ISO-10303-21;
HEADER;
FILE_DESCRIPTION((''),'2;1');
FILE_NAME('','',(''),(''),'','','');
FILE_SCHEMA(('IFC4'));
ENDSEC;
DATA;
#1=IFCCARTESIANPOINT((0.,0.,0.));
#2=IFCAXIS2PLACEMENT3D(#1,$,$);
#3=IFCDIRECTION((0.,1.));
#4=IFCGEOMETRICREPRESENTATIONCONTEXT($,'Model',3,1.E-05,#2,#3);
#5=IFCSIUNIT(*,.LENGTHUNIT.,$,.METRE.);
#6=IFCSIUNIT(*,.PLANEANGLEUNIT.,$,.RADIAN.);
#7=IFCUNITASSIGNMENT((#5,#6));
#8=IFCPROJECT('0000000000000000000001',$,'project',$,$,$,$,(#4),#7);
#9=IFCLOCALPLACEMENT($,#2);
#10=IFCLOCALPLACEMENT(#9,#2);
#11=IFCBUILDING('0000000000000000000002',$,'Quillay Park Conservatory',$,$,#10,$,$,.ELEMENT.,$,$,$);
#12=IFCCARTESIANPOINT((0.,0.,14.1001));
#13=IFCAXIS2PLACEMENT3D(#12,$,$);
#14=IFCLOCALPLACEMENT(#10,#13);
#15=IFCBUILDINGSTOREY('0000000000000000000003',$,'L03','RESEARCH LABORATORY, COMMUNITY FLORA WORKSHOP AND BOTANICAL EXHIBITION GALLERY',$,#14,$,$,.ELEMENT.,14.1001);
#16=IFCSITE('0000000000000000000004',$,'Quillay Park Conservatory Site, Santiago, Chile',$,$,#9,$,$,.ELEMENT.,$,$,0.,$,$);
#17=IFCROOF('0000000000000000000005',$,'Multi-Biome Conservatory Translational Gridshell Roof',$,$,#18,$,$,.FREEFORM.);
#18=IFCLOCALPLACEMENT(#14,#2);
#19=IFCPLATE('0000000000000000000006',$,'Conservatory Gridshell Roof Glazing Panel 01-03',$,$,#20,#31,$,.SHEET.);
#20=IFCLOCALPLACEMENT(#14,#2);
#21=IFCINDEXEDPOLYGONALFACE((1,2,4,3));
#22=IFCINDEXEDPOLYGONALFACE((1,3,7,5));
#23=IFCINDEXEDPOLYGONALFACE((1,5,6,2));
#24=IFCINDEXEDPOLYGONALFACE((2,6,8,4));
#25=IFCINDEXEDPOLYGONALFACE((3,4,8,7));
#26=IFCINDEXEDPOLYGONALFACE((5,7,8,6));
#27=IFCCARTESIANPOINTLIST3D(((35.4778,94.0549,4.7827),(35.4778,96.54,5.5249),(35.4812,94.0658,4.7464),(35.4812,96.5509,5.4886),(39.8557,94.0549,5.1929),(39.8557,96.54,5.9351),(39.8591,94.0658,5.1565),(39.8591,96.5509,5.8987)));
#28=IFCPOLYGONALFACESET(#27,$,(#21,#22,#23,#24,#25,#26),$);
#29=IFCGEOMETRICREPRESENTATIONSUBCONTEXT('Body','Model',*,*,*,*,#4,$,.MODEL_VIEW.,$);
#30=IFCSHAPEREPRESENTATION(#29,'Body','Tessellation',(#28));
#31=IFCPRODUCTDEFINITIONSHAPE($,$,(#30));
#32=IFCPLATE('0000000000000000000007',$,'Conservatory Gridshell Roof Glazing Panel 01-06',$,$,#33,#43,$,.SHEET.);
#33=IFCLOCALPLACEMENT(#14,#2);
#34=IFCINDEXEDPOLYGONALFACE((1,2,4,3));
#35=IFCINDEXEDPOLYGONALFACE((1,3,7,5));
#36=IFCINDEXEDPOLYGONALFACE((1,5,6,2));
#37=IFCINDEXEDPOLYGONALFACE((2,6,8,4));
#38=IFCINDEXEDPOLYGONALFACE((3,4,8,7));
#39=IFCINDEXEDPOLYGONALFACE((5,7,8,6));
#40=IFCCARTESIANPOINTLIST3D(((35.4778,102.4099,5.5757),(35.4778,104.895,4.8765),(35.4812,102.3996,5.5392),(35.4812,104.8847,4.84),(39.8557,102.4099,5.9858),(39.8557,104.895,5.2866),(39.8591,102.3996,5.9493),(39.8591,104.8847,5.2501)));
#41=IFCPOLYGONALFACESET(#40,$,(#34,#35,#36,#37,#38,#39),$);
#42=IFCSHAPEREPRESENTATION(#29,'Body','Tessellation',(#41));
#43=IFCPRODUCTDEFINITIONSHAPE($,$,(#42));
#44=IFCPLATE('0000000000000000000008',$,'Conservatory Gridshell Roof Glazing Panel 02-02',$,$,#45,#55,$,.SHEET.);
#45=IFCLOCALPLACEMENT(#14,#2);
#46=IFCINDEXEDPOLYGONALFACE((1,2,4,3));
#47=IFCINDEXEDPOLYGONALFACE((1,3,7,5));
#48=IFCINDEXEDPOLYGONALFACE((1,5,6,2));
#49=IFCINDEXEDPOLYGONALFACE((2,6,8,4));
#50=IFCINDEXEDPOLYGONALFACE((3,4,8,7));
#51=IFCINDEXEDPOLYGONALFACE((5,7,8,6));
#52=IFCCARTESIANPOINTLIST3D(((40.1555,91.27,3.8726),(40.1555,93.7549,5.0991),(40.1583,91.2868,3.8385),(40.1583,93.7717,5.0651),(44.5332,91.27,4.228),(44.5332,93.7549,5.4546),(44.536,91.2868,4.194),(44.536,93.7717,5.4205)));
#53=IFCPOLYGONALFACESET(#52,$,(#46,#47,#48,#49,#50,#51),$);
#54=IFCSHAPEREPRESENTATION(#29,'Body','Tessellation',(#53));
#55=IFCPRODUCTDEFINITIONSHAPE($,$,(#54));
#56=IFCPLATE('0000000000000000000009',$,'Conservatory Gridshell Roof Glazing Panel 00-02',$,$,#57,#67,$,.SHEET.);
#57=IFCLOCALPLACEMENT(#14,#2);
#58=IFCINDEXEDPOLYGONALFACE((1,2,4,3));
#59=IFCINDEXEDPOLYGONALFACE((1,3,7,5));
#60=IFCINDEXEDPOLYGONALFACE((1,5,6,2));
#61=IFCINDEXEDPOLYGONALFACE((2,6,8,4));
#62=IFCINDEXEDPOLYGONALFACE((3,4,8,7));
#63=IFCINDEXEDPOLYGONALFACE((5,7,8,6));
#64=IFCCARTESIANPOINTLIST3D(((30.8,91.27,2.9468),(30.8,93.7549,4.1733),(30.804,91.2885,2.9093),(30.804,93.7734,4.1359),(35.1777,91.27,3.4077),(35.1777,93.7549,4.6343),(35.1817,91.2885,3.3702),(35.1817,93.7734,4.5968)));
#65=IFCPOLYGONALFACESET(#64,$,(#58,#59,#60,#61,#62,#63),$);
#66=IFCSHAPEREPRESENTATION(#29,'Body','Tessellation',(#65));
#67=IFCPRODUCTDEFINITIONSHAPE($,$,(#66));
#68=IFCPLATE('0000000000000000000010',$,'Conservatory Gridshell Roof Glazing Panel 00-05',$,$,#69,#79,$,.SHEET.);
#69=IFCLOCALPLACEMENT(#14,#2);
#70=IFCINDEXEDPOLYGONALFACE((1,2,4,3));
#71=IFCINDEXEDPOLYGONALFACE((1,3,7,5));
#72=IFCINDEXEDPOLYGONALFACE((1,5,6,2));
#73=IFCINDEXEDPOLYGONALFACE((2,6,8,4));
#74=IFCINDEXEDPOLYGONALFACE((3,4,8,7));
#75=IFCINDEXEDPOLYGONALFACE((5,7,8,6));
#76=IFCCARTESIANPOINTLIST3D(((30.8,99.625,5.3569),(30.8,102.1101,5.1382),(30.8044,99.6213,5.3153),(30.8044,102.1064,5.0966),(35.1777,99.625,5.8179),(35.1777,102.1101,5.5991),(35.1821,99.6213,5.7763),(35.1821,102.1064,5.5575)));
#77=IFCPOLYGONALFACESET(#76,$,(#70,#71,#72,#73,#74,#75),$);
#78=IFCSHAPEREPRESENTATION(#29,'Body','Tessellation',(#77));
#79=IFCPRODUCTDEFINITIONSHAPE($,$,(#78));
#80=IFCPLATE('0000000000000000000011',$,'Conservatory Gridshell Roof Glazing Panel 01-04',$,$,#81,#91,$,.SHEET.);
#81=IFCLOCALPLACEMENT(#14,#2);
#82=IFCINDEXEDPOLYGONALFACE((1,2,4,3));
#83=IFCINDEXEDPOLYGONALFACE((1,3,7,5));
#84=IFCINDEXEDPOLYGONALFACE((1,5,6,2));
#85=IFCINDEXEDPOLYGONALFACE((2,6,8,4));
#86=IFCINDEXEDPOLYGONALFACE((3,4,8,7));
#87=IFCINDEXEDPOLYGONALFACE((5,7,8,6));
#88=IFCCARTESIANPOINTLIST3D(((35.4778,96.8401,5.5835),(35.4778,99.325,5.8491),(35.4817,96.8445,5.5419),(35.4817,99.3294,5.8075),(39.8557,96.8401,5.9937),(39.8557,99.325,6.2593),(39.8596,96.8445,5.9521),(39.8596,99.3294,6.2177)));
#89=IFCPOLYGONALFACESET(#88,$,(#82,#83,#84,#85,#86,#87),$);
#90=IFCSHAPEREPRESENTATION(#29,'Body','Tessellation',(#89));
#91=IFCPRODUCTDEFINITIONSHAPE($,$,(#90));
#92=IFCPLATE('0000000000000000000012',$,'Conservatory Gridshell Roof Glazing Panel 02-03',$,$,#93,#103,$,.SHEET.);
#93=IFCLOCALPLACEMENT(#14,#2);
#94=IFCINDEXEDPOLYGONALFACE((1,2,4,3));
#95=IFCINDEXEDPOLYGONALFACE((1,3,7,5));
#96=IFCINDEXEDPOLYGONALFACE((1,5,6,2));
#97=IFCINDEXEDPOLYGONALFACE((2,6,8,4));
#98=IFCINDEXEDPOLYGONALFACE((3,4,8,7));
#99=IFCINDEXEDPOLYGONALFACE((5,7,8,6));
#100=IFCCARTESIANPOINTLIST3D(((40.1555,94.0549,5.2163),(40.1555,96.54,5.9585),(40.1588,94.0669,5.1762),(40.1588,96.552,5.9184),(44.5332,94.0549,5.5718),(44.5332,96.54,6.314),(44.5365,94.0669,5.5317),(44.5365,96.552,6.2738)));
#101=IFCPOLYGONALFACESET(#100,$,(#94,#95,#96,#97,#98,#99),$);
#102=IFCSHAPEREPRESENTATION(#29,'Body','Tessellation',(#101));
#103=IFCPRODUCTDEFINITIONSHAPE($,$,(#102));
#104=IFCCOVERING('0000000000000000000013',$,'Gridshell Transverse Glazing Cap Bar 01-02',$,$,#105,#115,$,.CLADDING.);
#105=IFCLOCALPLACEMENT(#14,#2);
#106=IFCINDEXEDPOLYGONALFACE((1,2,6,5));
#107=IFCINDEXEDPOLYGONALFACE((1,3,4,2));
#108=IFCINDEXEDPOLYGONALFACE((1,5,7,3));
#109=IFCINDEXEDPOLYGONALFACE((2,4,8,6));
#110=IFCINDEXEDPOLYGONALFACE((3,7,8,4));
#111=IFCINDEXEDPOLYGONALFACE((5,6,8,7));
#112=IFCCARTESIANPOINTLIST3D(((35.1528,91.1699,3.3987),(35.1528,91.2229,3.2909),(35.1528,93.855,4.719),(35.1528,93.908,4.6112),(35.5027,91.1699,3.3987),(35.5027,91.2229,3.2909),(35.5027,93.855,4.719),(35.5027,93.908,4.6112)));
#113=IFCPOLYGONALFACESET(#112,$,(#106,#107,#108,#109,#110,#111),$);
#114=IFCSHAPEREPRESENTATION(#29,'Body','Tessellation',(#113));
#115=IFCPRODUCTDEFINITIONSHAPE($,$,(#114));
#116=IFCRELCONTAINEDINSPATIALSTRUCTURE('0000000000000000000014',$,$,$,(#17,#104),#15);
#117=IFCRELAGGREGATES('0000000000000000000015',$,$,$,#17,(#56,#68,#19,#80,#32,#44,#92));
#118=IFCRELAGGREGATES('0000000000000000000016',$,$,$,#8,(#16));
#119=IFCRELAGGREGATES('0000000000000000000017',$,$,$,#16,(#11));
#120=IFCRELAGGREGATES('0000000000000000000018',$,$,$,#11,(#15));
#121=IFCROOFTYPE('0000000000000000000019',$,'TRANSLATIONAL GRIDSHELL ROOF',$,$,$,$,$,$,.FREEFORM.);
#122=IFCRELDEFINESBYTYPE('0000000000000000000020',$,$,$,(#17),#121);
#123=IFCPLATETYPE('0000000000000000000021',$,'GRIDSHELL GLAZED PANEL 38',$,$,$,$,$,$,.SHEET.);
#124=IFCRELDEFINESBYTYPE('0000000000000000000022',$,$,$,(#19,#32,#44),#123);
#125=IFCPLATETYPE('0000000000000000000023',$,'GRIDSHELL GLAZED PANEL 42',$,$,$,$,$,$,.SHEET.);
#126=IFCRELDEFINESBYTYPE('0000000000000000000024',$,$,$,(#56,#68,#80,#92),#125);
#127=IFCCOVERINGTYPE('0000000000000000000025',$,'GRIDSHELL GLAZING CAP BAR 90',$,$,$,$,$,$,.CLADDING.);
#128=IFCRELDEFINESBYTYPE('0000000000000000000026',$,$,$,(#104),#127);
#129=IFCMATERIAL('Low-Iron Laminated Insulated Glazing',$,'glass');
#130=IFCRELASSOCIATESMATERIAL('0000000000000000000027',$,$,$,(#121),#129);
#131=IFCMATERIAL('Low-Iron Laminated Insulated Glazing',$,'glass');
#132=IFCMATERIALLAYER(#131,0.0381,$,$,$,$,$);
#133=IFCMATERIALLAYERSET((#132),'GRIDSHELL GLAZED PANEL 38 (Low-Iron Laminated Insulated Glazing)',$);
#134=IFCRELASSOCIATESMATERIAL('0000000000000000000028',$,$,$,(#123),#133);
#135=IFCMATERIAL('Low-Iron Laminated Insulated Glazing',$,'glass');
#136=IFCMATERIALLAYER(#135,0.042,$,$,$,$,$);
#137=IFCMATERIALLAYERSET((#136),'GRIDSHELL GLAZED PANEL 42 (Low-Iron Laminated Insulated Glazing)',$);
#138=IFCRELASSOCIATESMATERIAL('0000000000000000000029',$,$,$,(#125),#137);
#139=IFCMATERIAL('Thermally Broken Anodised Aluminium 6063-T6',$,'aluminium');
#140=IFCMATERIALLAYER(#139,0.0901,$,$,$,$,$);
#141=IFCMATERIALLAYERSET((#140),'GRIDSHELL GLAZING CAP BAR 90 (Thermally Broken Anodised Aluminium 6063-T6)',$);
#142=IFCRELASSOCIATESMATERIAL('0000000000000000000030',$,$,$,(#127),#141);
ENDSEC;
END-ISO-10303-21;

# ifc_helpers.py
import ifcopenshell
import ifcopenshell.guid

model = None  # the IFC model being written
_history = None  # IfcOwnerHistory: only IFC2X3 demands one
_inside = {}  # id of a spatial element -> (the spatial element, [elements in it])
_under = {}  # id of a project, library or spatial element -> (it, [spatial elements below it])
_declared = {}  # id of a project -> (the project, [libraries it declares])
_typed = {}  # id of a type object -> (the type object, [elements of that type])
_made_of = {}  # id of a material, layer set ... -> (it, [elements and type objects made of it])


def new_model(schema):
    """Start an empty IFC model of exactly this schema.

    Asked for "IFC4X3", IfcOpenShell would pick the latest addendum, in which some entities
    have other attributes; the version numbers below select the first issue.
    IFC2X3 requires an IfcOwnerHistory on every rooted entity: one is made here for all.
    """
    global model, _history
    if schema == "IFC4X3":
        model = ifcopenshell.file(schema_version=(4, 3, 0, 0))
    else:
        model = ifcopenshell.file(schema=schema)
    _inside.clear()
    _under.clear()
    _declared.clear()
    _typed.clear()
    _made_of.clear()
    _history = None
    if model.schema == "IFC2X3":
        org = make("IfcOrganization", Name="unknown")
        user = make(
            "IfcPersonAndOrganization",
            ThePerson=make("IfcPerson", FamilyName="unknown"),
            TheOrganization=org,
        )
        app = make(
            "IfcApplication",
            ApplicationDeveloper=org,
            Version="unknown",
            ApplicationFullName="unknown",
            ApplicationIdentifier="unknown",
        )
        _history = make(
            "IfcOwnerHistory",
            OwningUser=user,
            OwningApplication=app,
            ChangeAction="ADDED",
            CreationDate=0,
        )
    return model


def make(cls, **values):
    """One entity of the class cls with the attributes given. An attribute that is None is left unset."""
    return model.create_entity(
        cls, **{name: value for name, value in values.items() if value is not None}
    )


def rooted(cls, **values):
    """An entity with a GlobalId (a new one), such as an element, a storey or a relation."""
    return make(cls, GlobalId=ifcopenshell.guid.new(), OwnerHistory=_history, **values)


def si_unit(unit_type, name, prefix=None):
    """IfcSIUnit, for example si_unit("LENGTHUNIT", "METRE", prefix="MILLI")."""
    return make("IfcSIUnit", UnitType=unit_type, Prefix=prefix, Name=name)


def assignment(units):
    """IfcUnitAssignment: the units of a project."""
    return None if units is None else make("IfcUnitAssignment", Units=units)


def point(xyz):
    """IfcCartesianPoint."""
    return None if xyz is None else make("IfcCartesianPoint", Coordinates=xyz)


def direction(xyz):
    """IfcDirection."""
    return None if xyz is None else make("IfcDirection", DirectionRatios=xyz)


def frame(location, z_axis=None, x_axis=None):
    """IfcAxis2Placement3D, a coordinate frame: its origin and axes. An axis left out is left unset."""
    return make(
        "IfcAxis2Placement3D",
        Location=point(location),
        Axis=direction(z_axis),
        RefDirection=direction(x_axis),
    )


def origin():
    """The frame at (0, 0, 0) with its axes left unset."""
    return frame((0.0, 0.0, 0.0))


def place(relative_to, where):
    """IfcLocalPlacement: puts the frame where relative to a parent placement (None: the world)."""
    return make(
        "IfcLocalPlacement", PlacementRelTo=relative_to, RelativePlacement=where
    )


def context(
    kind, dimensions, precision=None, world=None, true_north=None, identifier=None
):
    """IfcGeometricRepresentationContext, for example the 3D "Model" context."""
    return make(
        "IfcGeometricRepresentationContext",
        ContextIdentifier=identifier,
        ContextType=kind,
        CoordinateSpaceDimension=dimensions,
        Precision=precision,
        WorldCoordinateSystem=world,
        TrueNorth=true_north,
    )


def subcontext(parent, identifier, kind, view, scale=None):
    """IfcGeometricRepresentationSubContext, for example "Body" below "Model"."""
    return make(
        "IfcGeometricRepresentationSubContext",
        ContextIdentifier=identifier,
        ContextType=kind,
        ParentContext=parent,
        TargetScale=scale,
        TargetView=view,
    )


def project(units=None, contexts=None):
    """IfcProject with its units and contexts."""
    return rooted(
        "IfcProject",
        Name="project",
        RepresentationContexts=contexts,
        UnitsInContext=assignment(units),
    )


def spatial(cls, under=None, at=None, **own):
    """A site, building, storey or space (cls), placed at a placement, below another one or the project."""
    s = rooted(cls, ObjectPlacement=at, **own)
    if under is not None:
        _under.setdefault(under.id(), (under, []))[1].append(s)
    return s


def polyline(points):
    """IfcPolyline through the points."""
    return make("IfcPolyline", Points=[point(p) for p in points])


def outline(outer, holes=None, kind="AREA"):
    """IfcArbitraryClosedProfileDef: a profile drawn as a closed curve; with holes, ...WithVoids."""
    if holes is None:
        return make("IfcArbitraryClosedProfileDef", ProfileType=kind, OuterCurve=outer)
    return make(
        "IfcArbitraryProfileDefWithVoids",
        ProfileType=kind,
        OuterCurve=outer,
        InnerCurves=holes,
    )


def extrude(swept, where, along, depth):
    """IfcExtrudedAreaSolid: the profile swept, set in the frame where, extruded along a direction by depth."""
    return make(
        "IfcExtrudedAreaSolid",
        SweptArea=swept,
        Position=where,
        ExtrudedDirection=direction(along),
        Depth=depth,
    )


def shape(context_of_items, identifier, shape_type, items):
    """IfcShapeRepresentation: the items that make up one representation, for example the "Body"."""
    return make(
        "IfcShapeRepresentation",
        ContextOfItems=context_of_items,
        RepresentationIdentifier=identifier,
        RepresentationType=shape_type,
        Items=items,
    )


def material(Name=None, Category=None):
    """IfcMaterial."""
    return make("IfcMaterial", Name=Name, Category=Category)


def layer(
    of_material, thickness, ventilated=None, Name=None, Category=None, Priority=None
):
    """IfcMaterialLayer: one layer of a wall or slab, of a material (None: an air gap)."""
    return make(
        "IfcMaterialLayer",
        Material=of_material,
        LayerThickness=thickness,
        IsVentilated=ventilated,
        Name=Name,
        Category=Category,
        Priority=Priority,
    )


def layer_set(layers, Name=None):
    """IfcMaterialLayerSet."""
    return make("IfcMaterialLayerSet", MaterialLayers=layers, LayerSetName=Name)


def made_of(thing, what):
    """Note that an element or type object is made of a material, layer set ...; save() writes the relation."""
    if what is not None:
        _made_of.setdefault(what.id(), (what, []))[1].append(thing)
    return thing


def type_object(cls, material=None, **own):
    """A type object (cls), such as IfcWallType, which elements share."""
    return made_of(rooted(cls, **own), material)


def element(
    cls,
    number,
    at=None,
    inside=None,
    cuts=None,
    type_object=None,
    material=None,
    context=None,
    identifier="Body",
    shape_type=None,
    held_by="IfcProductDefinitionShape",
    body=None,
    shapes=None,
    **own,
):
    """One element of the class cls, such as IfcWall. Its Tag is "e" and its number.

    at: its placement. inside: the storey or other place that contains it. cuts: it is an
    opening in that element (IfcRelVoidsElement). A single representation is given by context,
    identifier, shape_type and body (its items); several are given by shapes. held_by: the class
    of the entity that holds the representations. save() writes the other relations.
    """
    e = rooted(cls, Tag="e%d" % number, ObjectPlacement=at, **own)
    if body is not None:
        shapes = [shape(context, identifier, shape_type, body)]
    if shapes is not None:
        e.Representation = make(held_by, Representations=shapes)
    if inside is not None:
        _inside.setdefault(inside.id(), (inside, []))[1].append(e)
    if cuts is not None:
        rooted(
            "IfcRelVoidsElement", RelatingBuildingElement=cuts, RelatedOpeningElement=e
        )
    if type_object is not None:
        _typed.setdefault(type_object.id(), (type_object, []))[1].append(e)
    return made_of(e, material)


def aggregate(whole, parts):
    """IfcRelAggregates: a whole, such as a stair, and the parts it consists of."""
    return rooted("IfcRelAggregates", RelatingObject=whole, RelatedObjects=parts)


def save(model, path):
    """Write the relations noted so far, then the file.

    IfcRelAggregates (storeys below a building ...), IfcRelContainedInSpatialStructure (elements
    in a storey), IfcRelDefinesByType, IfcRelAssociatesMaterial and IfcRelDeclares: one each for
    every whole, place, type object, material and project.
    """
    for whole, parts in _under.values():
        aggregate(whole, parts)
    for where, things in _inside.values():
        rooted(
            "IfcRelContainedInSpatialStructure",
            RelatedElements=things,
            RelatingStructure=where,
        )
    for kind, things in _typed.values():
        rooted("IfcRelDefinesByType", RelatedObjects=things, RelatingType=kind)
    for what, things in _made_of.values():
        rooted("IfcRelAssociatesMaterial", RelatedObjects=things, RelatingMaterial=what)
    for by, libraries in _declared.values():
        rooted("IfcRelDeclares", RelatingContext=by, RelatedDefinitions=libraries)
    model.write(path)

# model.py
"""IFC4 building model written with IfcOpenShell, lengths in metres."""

from ifc_helpers import new_model, si_unit, direction, frame, origin, place, context, subcontext, project, spatial, polyline, outline, extrude, material, layer, layer_set, type_object, element, aggregate, save


model = new_model("IFC4")

# Units and contexts
model_context = context("Model", 3, precision=1e-05, world=origin(), true_north=direction((0.0, 1.0)))
body_context = subcontext(model_context, "Body", "Model", "MODEL_VIEW")
ifc_project = project(units=[si_unit("LENGTHUNIT", "METRE"), si_unit("PLANEANGLEUNIT", "RADIAN")], contexts=[model_context])

# Site, building, storey
site_placement = place(None, origin())
site = spatial("IfcSite", under=ifc_project, at=site_placement, Name="Quillay Park Conservatory Site, Santiago, Chile", CompositionType="ELEMENT", RefElevation=0.0)
building_placement = place(site_placement, origin())
building = spatial("IfcBuilding", under=site, at=building_placement, Name="Quillay Park Conservatory", CompositionType="ELEMENT")
storey_placement = place(building_placement, frame((0.0, 0.0, 14.1001)))
storey = spatial("IfcBuildingStorey", under=building, at=storey_placement, Name="L03", Description="RESEARCH LABORATORY, COMMUNITY FLORA WORKSHOP AND BOTANICAL EXHIBITION GALLERY", CompositionType="ELEMENT", Elevation=14.1001)

# Roof, plates
ifc_material_1 = material(Name="Low-Iron Laminated Insulated Glazing", Category="glass")
roof_type = type_object("IfcRoofType", Name="TRANSLATIONAL GRIDSHELL ROOF", PredefinedType="FREEFORM", material=ifc_material_1)
roof_placement = place(storey_placement, origin())
roof = element("IfcRoof", 1, at=roof_placement, inside=storey, type_object=roof_type, Name="Multi-Biome Conservatory Translational Gridshell Roof", PredefinedType="FREEFORM")
ifc_material_2 = material(Name="Low-Iron Laminated Insulated Glazing", Category="glass")
ifc_layer_1 = layer(ifc_material_2, 0.0381)
ifc_layer_set_1 = layer_set([ifc_layer_1], Name="GRIDSHELL GLAZED PANEL 38 (Low-Iron Laminated Insulated Glazing)")
plate_type_1 = type_object("IfcPlateType", Name="GRIDSHELL GLAZED PANEL 38", PredefinedType="SHEET", material=ifc_layer_set_1)
plate_1_placement = place(storey_placement, frame((35.4778, 94.0549, 4.7827), z_axis=(-0.08941, -0.285018, 0.954343), x_axis=(0.99564, 0.0, 0.093279)))
plate_1 = element("IfcPlate", 2, at=plate_1_placement, type_object=plate_type_1, Name="Conservatory Gridshell Roof Glazing Panel 01-03", PredefinedType="SHEET", context=body_context, shape_type="SweptSolid", body=[
    extrude(outline(polyline([(0.0, 0.0), (4.3971, 0.0), (4.4663, 2.5926), (0.0692, 2.5926), (0.0, 0.0)])), origin(), (0.0, 0.0, -1.0), 0.0381),
])
plate_2_placement = place(storey_placement, frame((35.4778, 102.4099, 5.5757), z_axis=(-0.089821, 0.269752, 0.958731), x_axis=(0.99564, 0.0, 0.093279)))
plate_2 = element("IfcPlate", 3, at=plate_2_placement, type_object=plate_type_1, Name="Conservatory Gridshell Roof Glazing Panel 01-06", PredefinedType="SHEET", context=body_context, shape_type="SweptSolid", body=[
    extrude(outline(polyline([(0.0, 0.0), (4.3971, 0.0), (4.3319, 2.5808), (-0.0652, 2.5808), (0.0, 0.0)])), origin(), (0.0, 0.0, -1.0), 0.0381),
])
plate_3_placement = place(storey_placement, frame((40.1555, 91.27, 3.8726), z_axis=(-0.07262, -0.441458, 0.894339), x_axis=(0.996719, 0.0, 0.080934)))
plate_3 = element("IfcPlate", 4, at=plate_3_placement, type_object=plate_type_1, Name="Conservatory Gridshell Roof Glazing Panel 02-02", PredefinedType="SHEET", context=body_context, shape_type="SweptSolid", body=[
    extrude(outline(polyline([(0.0, 0.0), (4.3921, 0.0), (4.4914, 2.7693), (0.0993, 2.7693), (0.0, 0.0)])), origin(), (0.0, 0.0, -1.0), 0.0381),
])
ifc_material_3 = material(Name="Low-Iron Laminated Insulated Glazing", Category="glass")
ifc_layer_2 = layer(ifc_material_3, 0.042)
ifc_layer_set_2 = layer_set([ifc_layer_2], Name="GRIDSHELL GLAZED PANEL 42 (Low-Iron Laminated Insulated Glazing)")
plate_type_2 = type_object("IfcPlateType", Name="GRIDSHELL GLAZED PANEL 42", PredefinedType="SHEET", material=ifc_layer_set_2)
plate_4_placement = place(storey_placement, frame((30.8, 91.27, 2.9468), z_axis=(-0.093998, -0.440667, 0.892736), x_axis=(0.994502, 0.0, 0.104714)))
plate_4 = element("IfcPlate", 5, at=plate_4_placement, type_object=plate_type_2, Name="Conservatory Gridshell Roof Glazing Panel 00-02", PredefinedType="SHEET", context=body_context, shape_type="SweptSolid", body=[
    extrude(outline(polyline([(0.0, 0.0), (4.4019, 0.0), (4.5303, 2.7681), (0.1284, 2.7681), (0.0, 0.0)])), origin(), (0.0, 0.0, -1.0), 0.042),
])
plate_5_placement = place(storey_placement, frame((30.8, 99.625, 5.3569), z_axis=(-0.104315, 0.087207, 0.990714), x_axis=(0.994502, 0.0, 0.104714)))
plate_5 = element("IfcPlate", 6, at=plate_5_placement, type_object=plate_type_2, Name="Conservatory Gridshell Roof Glazing Panel 00-05", PredefinedType="SHEET", context=body_context, shape_type="SweptSolid", body=[
    extrude(outline(polyline([(0.0, 0.0), (4.4019, 0.0), (4.379, 2.4946), (-0.0229, 2.4946), (0.0, 0.0)])), origin(), (0.0, 0.0, -1.0), 0.042),
])
plate_6_placement = place(storey_placement, frame((35.4778, 96.8401, 5.5835), z_axis=(-0.092755, -0.105833, 0.990048), x_axis=(0.99564, 0.0, 0.093279)))
plate_6 = element("IfcPlate", 7, at=plate_6_placement, type_object=plate_type_2, Name="Conservatory Gridshell Roof Glazing Panel 01-04", PredefinedType="SHEET", context=body_context, shape_type="SweptSolid", body=[
    extrude(outline(polyline([(0.0, 0.0), (4.3971, 0.0), (4.4219, 2.4989), (0.0248, 2.4989), (0.0, 0.0)])), origin(), (0.0, 0.0, -1.0), 0.042),
])
plate_7_placement = place(storey_placement, frame((40.1555, 94.0549, 5.2163), z_axis=(-0.07757, -0.285302, 0.955293), x_axis=(0.996719, 0.0, 0.080934)))
plate_7 = element("IfcPlate", 8, at=plate_7_placement, type_object=plate_type_2, Name="Conservatory Gridshell Roof Glazing Panel 02-03", PredefinedType="SHEET", context=body_context, shape_type="SweptSolid", body=[
    extrude(outline(polyline([(0.0, 0.0), (4.3921, 0.0), (4.4522, 2.5929), (0.0601, 2.5929), (0.0, 0.0)])), origin(), (0.0, 0.0, -1.0), 0.042),
])
aggregate(roof, [plate_4, plate_5, plate_1, plate_6, plate_2, plate_3, plate_7])

# Covering
ifc_material_4 = material(Name="Thermally Broken Anodised Aluminium 6063-T6", Category="aluminium")
ifc_layer_3 = layer(ifc_material_4, 0.0901)
ifc_layer_set_3 = layer_set([ifc_layer_3], Name="GRIDSHELL GLAZING CAP BAR 90 (Thermally Broken Anodised Aluminium 6063-T6)")
covering_type = type_object("IfcCoveringType", Name="GRIDSHELL GLAZING CAP BAR 90", PredefinedType="CLADDING", material=ifc_layer_set_3)
covering_placement = place(storey_placement, frame((35.1528, 91.1699, 3.3987), z_axis=(0.0, -0.441264, 0.897378), x_axis=(1.0, 0.0, 0.0)))
element("IfcCovering", 9, at=covering_placement, inside=storey, type_object=covering_type, Name="Gridshell Transverse Glazing Cap Bar 01-02", PredefinedType="CLADDING", context=body_context, shape_type="SweptSolid", body=[
    extrude(outline(polyline([(0.0, 0.0), (0.3499, 0.0), (0.3499, 2.9921), (0.0, 2.9921), (0.0, 0.0)])), origin(), (0.0, 0.0, -1.0), 0.1201),
])

save(model, "model.ifc")
